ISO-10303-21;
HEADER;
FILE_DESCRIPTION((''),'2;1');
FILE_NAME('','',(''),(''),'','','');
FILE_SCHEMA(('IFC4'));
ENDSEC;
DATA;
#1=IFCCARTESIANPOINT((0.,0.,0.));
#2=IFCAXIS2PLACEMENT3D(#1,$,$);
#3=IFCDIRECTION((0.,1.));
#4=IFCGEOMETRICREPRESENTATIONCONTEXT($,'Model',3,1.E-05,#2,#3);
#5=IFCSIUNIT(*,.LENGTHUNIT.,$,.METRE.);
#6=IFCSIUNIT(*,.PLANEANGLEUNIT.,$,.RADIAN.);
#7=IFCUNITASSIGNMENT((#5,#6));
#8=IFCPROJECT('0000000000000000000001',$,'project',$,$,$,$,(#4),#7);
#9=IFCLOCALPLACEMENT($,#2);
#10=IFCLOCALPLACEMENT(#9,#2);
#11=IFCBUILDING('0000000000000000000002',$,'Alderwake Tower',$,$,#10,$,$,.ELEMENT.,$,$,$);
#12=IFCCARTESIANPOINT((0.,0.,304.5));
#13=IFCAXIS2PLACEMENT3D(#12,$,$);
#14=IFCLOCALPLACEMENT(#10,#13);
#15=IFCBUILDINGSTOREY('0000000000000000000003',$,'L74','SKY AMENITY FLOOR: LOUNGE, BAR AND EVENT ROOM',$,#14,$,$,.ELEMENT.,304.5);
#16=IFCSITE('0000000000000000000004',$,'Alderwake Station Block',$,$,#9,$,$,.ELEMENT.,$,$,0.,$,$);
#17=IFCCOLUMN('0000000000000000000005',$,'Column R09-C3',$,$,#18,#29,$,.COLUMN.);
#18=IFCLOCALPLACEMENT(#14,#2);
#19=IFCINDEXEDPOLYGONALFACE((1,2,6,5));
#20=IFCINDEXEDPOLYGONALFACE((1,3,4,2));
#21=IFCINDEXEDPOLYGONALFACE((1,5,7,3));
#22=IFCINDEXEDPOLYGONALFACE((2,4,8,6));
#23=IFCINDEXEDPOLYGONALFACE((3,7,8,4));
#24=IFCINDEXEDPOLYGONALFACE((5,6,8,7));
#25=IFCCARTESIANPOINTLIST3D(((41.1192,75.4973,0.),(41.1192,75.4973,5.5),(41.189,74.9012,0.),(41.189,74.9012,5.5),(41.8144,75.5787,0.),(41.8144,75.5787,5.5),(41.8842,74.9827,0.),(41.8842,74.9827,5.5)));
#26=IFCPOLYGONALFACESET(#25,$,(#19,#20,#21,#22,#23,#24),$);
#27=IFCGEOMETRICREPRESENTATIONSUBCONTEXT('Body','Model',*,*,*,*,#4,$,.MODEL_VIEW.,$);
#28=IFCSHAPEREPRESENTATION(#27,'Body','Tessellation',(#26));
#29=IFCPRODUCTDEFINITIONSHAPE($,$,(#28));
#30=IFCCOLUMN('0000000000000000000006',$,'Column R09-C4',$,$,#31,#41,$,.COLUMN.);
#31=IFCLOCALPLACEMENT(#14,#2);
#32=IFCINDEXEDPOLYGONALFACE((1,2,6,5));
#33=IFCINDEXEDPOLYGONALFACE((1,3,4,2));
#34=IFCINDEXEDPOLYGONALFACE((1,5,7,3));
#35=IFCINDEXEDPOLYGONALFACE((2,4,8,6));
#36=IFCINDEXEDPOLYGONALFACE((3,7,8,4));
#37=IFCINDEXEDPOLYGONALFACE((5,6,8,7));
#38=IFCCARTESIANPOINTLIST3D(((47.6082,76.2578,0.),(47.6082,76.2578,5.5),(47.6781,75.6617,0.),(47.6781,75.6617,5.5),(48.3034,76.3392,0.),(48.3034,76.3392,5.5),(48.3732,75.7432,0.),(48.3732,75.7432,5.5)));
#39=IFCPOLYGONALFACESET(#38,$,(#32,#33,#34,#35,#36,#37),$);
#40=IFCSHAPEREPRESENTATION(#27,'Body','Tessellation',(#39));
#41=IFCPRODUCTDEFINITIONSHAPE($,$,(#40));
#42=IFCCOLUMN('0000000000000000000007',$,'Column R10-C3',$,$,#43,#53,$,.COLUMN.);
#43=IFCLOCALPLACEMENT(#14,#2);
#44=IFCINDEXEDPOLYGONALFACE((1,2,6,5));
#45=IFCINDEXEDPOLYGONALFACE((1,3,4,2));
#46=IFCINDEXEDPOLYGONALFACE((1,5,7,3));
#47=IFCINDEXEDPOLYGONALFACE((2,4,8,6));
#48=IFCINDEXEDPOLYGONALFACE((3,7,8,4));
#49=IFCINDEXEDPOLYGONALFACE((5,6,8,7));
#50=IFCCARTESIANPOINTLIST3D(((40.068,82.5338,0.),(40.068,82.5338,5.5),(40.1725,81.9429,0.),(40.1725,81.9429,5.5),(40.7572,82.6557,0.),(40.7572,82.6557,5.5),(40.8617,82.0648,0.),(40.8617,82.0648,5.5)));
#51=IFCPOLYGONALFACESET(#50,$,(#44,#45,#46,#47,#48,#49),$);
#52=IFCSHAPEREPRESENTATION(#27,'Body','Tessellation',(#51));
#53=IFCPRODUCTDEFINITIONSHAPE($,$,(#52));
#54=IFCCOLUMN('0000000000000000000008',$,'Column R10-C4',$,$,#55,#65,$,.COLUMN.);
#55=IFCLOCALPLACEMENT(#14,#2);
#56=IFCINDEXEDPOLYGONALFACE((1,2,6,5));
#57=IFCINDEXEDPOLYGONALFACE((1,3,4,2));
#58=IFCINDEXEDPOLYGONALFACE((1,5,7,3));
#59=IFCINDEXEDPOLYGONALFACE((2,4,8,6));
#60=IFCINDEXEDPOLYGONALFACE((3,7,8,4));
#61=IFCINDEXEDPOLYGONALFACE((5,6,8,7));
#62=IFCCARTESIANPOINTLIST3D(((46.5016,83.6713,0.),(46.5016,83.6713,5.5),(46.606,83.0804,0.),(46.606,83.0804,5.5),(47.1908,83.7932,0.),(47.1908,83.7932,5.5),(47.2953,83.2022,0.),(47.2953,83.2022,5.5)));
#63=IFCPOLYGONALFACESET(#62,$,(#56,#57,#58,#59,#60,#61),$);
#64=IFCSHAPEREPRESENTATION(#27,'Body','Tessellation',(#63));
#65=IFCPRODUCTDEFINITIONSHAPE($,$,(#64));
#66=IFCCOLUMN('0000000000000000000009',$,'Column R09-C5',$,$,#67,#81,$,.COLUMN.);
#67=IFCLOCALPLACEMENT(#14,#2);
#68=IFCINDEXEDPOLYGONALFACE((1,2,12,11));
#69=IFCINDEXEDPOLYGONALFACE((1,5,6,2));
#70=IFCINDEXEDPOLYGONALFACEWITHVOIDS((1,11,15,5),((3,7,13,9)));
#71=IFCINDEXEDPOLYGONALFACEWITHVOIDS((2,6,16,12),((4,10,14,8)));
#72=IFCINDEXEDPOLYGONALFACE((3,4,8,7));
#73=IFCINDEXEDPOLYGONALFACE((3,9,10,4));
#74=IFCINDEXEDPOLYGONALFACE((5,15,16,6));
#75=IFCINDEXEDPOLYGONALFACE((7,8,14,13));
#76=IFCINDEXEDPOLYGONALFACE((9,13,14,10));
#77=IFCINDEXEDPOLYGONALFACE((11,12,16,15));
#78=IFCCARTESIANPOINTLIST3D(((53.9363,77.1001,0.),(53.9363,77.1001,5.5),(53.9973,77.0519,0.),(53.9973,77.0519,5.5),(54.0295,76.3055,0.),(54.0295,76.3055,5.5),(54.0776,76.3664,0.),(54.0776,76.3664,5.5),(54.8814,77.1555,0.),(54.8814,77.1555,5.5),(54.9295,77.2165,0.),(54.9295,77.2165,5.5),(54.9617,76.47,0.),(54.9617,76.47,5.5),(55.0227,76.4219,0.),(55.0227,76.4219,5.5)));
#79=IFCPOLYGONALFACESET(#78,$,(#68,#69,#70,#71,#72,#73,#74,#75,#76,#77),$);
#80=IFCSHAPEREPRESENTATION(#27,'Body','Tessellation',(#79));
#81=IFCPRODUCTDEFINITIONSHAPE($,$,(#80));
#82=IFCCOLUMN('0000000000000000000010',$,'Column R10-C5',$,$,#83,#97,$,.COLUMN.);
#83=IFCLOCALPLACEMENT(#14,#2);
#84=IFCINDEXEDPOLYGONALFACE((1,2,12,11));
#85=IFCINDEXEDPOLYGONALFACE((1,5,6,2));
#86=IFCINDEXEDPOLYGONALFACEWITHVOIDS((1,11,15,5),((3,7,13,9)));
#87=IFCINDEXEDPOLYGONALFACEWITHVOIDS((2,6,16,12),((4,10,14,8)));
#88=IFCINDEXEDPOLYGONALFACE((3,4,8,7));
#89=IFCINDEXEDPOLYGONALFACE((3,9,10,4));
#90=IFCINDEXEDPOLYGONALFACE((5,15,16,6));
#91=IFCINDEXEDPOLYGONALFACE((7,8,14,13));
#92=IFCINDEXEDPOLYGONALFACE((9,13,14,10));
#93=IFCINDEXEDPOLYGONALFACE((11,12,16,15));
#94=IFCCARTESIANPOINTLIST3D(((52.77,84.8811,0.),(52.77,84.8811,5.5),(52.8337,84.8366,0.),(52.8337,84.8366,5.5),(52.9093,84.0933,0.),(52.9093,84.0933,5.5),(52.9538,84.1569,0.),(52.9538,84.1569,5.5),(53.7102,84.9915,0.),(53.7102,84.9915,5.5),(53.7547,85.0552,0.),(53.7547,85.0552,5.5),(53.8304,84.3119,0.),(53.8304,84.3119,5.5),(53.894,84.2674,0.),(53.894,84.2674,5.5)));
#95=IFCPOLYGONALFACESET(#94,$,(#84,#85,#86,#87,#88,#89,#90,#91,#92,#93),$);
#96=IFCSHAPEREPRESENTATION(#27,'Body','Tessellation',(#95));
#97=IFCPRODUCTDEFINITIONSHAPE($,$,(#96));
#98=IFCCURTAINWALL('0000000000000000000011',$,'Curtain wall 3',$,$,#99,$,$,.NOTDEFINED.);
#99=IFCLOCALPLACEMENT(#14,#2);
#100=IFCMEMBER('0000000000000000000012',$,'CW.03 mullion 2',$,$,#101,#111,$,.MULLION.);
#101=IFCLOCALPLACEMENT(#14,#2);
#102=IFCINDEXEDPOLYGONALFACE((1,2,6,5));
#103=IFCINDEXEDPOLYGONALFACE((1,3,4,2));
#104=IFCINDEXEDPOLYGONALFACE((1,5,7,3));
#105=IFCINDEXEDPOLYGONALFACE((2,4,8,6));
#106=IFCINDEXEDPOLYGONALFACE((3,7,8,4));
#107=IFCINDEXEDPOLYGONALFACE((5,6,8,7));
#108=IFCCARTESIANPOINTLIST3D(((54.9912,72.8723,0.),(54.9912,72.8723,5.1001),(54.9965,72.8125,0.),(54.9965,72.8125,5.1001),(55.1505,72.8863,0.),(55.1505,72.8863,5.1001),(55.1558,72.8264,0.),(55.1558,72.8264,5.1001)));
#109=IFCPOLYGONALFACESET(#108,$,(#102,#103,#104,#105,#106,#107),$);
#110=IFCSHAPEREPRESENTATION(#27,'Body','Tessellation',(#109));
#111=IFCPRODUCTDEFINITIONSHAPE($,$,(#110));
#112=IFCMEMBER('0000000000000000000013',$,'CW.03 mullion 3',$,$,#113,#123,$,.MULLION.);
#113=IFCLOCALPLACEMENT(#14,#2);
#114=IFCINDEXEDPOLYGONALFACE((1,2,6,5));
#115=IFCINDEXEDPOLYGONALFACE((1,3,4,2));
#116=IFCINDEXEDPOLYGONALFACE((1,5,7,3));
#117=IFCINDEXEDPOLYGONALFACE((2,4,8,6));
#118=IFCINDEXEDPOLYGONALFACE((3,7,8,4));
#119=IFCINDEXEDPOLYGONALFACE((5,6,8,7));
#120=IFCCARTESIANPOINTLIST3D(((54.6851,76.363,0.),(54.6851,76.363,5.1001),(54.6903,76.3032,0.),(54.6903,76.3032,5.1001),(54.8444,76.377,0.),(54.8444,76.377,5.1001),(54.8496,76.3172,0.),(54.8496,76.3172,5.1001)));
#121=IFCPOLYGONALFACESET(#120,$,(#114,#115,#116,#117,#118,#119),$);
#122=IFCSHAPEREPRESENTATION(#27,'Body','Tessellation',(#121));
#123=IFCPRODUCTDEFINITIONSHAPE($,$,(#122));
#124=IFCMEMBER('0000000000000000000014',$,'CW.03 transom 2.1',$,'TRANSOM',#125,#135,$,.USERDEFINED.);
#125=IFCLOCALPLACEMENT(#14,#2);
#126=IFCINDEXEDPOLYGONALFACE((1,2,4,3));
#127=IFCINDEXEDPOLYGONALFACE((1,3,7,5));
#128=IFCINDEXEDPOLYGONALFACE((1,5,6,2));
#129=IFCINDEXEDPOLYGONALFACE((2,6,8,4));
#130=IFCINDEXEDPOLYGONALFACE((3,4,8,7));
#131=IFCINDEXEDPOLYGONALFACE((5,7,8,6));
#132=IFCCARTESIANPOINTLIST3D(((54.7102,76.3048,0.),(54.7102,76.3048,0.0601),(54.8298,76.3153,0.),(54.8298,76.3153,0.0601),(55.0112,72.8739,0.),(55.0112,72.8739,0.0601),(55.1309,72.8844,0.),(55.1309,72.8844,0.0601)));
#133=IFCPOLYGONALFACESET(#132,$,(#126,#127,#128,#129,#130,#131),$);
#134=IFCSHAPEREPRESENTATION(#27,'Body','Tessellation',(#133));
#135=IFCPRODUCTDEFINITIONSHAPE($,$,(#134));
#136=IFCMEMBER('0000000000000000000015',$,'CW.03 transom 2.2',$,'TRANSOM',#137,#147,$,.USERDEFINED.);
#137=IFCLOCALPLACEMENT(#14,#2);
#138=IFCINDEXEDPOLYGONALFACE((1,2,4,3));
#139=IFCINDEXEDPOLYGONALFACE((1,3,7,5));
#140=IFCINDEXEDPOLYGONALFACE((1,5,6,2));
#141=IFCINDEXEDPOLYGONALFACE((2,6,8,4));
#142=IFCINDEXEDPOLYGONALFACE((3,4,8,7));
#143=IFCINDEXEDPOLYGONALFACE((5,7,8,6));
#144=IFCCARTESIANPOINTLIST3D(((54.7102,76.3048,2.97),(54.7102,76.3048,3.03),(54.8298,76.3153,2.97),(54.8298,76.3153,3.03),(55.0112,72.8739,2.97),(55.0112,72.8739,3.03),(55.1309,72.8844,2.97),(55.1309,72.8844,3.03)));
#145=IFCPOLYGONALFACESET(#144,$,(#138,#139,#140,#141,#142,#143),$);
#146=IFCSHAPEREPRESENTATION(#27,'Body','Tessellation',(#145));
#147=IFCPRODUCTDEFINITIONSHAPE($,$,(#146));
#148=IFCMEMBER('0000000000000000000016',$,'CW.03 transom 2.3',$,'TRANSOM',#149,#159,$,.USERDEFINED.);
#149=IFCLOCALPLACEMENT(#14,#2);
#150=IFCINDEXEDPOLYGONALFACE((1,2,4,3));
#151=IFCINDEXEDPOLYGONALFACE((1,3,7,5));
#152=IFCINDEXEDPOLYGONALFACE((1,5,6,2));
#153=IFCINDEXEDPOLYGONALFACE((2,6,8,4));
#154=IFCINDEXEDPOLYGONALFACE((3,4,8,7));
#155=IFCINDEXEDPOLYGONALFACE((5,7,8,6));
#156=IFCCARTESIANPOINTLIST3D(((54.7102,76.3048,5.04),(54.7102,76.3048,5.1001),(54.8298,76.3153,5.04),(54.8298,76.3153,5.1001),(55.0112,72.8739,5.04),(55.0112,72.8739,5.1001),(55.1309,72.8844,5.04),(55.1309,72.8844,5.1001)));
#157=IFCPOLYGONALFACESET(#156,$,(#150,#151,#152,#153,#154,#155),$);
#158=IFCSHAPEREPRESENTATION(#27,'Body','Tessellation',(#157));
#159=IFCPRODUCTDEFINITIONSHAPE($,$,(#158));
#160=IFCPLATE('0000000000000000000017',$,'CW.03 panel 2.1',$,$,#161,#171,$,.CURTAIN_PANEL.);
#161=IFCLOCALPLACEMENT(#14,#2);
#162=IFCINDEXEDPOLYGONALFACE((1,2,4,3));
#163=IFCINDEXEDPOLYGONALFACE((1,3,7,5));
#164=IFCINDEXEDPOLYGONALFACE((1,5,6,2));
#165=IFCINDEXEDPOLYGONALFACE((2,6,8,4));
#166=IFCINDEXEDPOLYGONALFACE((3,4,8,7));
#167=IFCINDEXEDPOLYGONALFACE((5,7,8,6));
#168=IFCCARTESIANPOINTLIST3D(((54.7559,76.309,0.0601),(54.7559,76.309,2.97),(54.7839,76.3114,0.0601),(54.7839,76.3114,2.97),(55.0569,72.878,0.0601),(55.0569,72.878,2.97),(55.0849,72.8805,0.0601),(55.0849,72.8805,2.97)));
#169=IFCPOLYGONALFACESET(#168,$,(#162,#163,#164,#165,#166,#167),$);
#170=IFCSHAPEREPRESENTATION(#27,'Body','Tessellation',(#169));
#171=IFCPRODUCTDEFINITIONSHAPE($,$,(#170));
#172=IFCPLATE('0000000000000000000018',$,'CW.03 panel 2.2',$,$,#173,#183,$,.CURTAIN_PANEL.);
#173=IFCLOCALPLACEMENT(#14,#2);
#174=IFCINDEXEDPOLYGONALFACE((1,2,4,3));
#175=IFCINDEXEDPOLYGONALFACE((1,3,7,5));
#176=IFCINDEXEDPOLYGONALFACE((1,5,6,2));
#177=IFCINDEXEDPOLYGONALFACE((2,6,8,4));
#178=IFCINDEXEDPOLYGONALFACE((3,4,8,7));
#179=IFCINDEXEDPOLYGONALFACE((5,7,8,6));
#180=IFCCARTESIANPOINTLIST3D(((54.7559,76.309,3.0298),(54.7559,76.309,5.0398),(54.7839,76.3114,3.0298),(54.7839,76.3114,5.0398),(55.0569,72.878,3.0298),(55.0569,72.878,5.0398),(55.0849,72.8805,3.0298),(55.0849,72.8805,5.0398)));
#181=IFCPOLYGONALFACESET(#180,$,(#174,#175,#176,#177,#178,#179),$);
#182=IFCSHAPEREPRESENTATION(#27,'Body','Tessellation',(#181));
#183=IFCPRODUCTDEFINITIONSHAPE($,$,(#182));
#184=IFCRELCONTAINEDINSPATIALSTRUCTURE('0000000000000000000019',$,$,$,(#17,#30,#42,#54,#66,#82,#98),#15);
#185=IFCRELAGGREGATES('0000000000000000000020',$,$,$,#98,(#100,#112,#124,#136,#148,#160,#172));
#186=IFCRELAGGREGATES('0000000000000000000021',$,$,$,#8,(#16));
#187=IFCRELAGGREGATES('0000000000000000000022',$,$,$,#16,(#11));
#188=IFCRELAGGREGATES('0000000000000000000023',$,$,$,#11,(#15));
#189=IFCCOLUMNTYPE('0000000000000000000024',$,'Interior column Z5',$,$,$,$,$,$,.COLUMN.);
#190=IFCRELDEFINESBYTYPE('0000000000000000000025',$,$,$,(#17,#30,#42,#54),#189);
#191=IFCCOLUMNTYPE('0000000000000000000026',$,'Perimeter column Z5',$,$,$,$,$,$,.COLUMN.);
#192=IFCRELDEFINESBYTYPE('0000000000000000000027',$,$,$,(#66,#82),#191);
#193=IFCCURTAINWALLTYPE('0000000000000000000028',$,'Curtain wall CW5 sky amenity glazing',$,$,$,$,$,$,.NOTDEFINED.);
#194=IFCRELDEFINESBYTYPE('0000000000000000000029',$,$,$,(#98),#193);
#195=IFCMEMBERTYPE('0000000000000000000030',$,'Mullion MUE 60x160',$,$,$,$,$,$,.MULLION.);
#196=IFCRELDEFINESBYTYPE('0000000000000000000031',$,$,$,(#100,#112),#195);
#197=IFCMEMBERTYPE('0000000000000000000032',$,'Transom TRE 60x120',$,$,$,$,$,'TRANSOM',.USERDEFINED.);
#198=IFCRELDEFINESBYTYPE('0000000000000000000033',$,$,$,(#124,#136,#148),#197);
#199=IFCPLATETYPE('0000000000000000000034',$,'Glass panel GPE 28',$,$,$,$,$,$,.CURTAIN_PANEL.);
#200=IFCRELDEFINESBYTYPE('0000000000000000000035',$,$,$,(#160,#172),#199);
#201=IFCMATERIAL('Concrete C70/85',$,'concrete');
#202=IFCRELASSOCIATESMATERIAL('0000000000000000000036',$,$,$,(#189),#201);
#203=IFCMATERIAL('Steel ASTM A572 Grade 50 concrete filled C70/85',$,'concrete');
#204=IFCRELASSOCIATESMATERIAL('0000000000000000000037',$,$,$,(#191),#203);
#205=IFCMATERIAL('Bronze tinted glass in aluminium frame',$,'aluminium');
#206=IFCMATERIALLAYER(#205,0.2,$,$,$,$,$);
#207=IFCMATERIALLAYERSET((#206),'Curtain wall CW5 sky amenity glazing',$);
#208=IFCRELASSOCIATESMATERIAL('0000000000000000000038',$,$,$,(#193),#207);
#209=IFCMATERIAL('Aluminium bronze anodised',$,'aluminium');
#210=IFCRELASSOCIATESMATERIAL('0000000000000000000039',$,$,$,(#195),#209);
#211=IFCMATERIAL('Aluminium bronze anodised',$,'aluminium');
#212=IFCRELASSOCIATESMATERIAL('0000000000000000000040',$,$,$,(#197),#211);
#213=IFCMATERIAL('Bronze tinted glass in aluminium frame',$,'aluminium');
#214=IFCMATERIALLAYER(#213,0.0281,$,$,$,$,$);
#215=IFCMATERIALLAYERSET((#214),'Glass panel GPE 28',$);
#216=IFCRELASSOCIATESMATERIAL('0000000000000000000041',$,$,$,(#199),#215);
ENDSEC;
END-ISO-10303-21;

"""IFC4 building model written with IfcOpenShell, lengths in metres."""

from ifc_helpers import new_model, si_unit, direction, frame, origin, origin_2d, place, context, subcontext, project, spatial, rectangle, hollow_rectangle, extrude, material, layer, layer_set, material_profile, profile_set, type_object, element, aggregate, save


model = new_model("IFC4")

# Units and contexts
model_context = context("Model", 3, precision=1e-05, world=origin(), true_north=direction((0.0, 1.0)))
body_context = subcontext(model_context, "Body", "Model", "MODEL_VIEW")
ifc_project = project(units=[si_unit("LENGTHUNIT", "METRE"), si_unit("PLANEANGLEUNIT", "RADIAN")], contexts=[model_context])

# Site, building, storey
site_placement = place(None, origin())
site = spatial("IfcSite", under=ifc_project, at=site_placement, Name="Alderwake Station Block", CompositionType="ELEMENT", RefElevation=0.0)
building_placement = place(site_placement, origin())
building = spatial("IfcBuilding", under=site, at=building_placement, Name="Alderwake Tower", CompositionType="ELEMENT")
storey_placement = place(building_placement, frame((0.0, 0.0, 304.5)))
storey = spatial("IfcBuildingStorey", under=building, at=storey_placement, Name="L74", Description="SKY AMENITY FLOOR: LOUNGE, BAR AND EVENT ROOM", CompositionType="ELEMENT", Elevation=304.5)

# Columns
ifc_material_1 = material(Name="Concrete C70/85", Category="concrete")
ifc_material_profile_1 = material_profile(ifc_material_1, rectangle(XDim=0.6001, YDim=0.7, at=origin_2d()), Name="RC 700X600")
ifc_profile_set_1 = profile_set([ifc_material_profile_1], Name="Concrete C70/85")
column_type_1 = type_object("IfcColumnType", Name="Interior column Z5", PredefinedType="COLUMN", material=ifc_profile_set_1)
for number, where, z_axis, x_axis, name in (
    (1, (41.5017, 75.24, 0.0), (0.0, 0.0, 1.0), (-0.116402, 0.993202, 0.0), "Column R09-C3"),
    (2, (47.9907, 76.0005, 0.0), (0.0, 0.0, 1.0), (-0.116402, 0.993202, 0.0), "Column R09-C4"),
    (3, (40.4648, 82.2993, 0.0), (0.0, 0.0, 1.0), (-0.174109, 0.984726, 0.0), "Column R10-C3"),
    (4, (46.8984, 83.4368, 0.0), (0.0, 0.0, 1.0), (-0.174107, 0.984727, 0.0), "Column R10-C4"),
):
    element("IfcColumn", number, at=place(storey_placement, frame(where, z_axis=z_axis, x_axis=x_axis)), inside=storey, type_object=column_type_1, Name=name, PredefinedType="COLUMN", context=body_context, shape_type="SweptSolid", body=[
        extrude(rectangle(XDim=0.6001, YDim=0.7, at=origin_2d()), origin(), (0.0, 0.0, 1.0), 5.5),
    ])
ifc_material_2 = material(Name="Steel ASTM A572 Grade 50 concrete filled C70/85", Category="concrete")
ifc_material_profile_2 = material_profile(ifc_material_2, hollow_rectangle(XDim=0.8, YDim=1.0, WallThickness=0.0549, at=origin_2d()), Name="BOX 1000X800X55")
ifc_profile_set_2 = profile_set([ifc_material_profile_2], Name="Steel ASTM A572 Grade 50 concrete filled C70/85")
column_type_2 = type_object("IfcColumnType", Name="Perimeter column Z5", PredefinedType="COLUMN", material=ifc_profile_set_2)
for number, where, z_axis, x_axis, name in (
    (5, (54.4795, 76.761, 0.0), (0.0, 0.0, 1.0), (-0.116402, 0.993202, 0.0), "Column R09-C5"),
    (6, (53.332, 84.5742, 0.0), (0.0, 0.0, 1.0), (-0.174107, 0.984727, 0.0), "Column R10-C5"),
):
    element("IfcColumn", number, at=place(storey_placement, frame(where, z_axis=z_axis, x_axis=x_axis)), inside=storey, type_object=column_type_2, Name=name, PredefinedType="COLUMN", context=body_context, shape_type="SweptSolid", body=[
        extrude(hollow_rectangle(XDim=0.8, YDim=1.0, WallThickness=0.0549, at=origin_2d()), origin(), (0.0, 0.0, 1.0), 5.5),
    ])

# Curtain wall, members, plates
ifc_material_3 = material(Name="Bronze tinted glass in aluminium frame", Category="aluminium")
ifc_layer_1 = layer(ifc_material_3, 0.2)
ifc_layer_set_1 = layer_set([ifc_layer_1], Name="Curtain wall CW5 sky amenity glazing")
curtain_wall_type = type_object("IfcCurtainWallType", Name="Curtain wall CW5 sky amenity glazing", PredefinedType="NOTDEFINED", material=ifc_layer_set_1)
curtain_wall_placement = place(storey_placement, origin())
curtain_wall = element("IfcCurtainWall", 7, at=curtain_wall_placement, inside=storey, type_object=curtain_wall_type, Name="Curtain wall 3", PredefinedType="NOTDEFINED")
ifc_material_4 = material(Name="Aluminium bronze anodised", Category="aluminium")
ifc_material_profile_3 = material_profile(ifc_material_4, rectangle(XDim=0.1599, YDim=0.0601, at=origin_2d()), Name="Mullion MUE 60x160")
ifc_profile_set_3 = profile_set([ifc_material_profile_3], Name="Aluminium bronze anodised")
member_type_1 = type_object("IfcMemberType", Name="Mullion MUE 60x160", PredefinedType="MULLION", material=ifc_profile_set_3)
member_1_placement = place(storey_placement, frame((55.0735, 72.8494, 0.0), z_axis=(0.0, 0.0, 1.0), x_axis=(-0.996174, -0.08739, 0.0)))
member_1 = element("IfcMember", 8, at=member_1_placement, type_object=member_type_1, Name="CW.03 mullion 2", PredefinedType="MULLION", context=body_context, shape_type="SweptSolid", body=[
    extrude(rectangle(XDim=0.1599, YDim=0.0601, at=origin_2d()), origin(), (0.0, 0.0, 1.0), 5.1001),
])
member_2_placement = place(storey_placement, frame((54.7673, 76.3401, 0.0), z_axis=(0.0, 0.0, 1.0), x_axis=(-0.996174, -0.08739, 0.0)))
member_2 = element("IfcMember", 9, at=member_2_placement, type_object=member_type_1, Name="CW.03 mullion 3", PredefinedType="MULLION", context=body_context, shape_type="SweptSolid", body=[
    extrude(rectangle(XDim=0.1599, YDim=0.0601, at=origin_2d()), origin(), (0.0, 0.0, 1.0), 5.1001),
])
ifc_material_5 = material(Name="Aluminium bronze anodised", Category="aluminium")
ifc_material_profile_4 = material_profile(ifc_material_5, rectangle(XDim=0.1201, YDim=0.0601, at=origin_2d()), Name="Transom TRE 60x120")
ifc_profile_set_4 = profile_set([ifc_material_profile_4], Name="Aluminium bronze anodised")
member_type_2 = type_object("IfcMemberType", Name="Transom TRE 60x120", ElementType="TRANSOM", PredefinedType="USERDEFINED", material=ifc_profile_set_4)
member_3_placement = place(storey_placement, frame((55.071, 72.8792, 0.03), z_axis=(-0.087403, 0.996173, 0.0), x_axis=(-0.996173, -0.087403, 0.0)))
member_3 = element("IfcMember", 10, at=member_3_placement, type_object=member_type_2, Name="CW.03 transom 2.1", ObjectType="TRANSOM", PredefinedType="USERDEFINED", context=body_context, shape_type="SweptSolid", body=[
    extrude(rectangle(XDim=0.1201, YDim=0.0601, at=origin_2d()), origin(), (0.0, 0.0, 1.0), 3.4441),
])
member_4_placement = place(storey_placement, frame((55.071, 72.8792, 3.0), z_axis=(-0.087403, 0.996173, 0.0), x_axis=(-0.996173, -0.087403, 0.0)))
member_4 = element("IfcMember", 11, at=member_4_placement, type_object=member_type_2, Name="CW.03 transom 2.2", ObjectType="TRANSOM", PredefinedType="USERDEFINED", context=body_context, shape_type="SweptSolid", body=[
    extrude(rectangle(XDim=0.1201, YDim=0.0601, at=origin_2d()), origin(), (0.0, 0.0, 1.0), 3.4441),
])
member_5_placement = place(storey_placement, frame((55.071, 72.8792, 5.0701), z_axis=(-0.087403, 0.996173, 0.0), x_axis=(-0.996173, -0.087403, 0.0)))
member_5 = element("IfcMember", 12, at=member_5_placement, type_object=member_type_2, Name="CW.03 transom 2.3", ObjectType="TRANSOM", PredefinedType="USERDEFINED", context=body_context, shape_type="SweptSolid", body=[
    extrude(rectangle(XDim=0.1201, YDim=0.0601, at=origin_2d()), origin(), (0.0, 0.0, 1.0), 3.4441),
])
ifc_material_6 = material(Name="Bronze tinted glass in aluminium frame", Category="aluminium")
ifc_layer_2 = layer(ifc_material_6, 0.0281)
ifc_layer_set_2 = layer_set([ifc_layer_2], Name="Glass panel GPE 28")
plate_type = type_object("IfcPlateType", Name="Glass panel GPE 28", PredefinedType="CURTAIN_PANEL", material=ifc_layer_set_2)
plate_1_placement = place(storey_placement, frame((54.9204, 74.5947, 0.0601), z_axis=(0.0, 0.0, 1.0), x_axis=(-0.08739, 0.996174, 0.0)))
plate_1 = element("IfcPlate", 13, at=plate_1_placement, type_object=plate_type, Name="CW.03 panel 2.1", PredefinedType="CURTAIN_PANEL", context=body_context, shape_type="SweptSolid", body=[
    extrude(rectangle(XDim=3.4441, YDim=0.0281, at=origin_2d()), origin(), (0.0, 0.0, 1.0), 2.9099),
])
plate_2_placement = place(storey_placement, frame((54.9204, 74.5947, 3.0298), z_axis=(0.0, 0.0, 1.0), x_axis=(-0.08739, 0.996174, 0.0)))
plate_2 = element("IfcPlate", 14, at=plate_2_placement, type_object=plate_type, Name="CW.03 panel 2.2", PredefinedType="CURTAIN_PANEL", context=body_context, shape_type="SweptSolid", body=[
    extrude(rectangle(XDim=3.4441, YDim=0.0281, at=origin_2d()), origin(), (0.0, 0.0, 1.0), 2.01),
])
aggregate(curtain_wall, [member_1, member_2, member_3, member_4, member_5, plate_1, plate_2])

save(model, "model.ifc")
